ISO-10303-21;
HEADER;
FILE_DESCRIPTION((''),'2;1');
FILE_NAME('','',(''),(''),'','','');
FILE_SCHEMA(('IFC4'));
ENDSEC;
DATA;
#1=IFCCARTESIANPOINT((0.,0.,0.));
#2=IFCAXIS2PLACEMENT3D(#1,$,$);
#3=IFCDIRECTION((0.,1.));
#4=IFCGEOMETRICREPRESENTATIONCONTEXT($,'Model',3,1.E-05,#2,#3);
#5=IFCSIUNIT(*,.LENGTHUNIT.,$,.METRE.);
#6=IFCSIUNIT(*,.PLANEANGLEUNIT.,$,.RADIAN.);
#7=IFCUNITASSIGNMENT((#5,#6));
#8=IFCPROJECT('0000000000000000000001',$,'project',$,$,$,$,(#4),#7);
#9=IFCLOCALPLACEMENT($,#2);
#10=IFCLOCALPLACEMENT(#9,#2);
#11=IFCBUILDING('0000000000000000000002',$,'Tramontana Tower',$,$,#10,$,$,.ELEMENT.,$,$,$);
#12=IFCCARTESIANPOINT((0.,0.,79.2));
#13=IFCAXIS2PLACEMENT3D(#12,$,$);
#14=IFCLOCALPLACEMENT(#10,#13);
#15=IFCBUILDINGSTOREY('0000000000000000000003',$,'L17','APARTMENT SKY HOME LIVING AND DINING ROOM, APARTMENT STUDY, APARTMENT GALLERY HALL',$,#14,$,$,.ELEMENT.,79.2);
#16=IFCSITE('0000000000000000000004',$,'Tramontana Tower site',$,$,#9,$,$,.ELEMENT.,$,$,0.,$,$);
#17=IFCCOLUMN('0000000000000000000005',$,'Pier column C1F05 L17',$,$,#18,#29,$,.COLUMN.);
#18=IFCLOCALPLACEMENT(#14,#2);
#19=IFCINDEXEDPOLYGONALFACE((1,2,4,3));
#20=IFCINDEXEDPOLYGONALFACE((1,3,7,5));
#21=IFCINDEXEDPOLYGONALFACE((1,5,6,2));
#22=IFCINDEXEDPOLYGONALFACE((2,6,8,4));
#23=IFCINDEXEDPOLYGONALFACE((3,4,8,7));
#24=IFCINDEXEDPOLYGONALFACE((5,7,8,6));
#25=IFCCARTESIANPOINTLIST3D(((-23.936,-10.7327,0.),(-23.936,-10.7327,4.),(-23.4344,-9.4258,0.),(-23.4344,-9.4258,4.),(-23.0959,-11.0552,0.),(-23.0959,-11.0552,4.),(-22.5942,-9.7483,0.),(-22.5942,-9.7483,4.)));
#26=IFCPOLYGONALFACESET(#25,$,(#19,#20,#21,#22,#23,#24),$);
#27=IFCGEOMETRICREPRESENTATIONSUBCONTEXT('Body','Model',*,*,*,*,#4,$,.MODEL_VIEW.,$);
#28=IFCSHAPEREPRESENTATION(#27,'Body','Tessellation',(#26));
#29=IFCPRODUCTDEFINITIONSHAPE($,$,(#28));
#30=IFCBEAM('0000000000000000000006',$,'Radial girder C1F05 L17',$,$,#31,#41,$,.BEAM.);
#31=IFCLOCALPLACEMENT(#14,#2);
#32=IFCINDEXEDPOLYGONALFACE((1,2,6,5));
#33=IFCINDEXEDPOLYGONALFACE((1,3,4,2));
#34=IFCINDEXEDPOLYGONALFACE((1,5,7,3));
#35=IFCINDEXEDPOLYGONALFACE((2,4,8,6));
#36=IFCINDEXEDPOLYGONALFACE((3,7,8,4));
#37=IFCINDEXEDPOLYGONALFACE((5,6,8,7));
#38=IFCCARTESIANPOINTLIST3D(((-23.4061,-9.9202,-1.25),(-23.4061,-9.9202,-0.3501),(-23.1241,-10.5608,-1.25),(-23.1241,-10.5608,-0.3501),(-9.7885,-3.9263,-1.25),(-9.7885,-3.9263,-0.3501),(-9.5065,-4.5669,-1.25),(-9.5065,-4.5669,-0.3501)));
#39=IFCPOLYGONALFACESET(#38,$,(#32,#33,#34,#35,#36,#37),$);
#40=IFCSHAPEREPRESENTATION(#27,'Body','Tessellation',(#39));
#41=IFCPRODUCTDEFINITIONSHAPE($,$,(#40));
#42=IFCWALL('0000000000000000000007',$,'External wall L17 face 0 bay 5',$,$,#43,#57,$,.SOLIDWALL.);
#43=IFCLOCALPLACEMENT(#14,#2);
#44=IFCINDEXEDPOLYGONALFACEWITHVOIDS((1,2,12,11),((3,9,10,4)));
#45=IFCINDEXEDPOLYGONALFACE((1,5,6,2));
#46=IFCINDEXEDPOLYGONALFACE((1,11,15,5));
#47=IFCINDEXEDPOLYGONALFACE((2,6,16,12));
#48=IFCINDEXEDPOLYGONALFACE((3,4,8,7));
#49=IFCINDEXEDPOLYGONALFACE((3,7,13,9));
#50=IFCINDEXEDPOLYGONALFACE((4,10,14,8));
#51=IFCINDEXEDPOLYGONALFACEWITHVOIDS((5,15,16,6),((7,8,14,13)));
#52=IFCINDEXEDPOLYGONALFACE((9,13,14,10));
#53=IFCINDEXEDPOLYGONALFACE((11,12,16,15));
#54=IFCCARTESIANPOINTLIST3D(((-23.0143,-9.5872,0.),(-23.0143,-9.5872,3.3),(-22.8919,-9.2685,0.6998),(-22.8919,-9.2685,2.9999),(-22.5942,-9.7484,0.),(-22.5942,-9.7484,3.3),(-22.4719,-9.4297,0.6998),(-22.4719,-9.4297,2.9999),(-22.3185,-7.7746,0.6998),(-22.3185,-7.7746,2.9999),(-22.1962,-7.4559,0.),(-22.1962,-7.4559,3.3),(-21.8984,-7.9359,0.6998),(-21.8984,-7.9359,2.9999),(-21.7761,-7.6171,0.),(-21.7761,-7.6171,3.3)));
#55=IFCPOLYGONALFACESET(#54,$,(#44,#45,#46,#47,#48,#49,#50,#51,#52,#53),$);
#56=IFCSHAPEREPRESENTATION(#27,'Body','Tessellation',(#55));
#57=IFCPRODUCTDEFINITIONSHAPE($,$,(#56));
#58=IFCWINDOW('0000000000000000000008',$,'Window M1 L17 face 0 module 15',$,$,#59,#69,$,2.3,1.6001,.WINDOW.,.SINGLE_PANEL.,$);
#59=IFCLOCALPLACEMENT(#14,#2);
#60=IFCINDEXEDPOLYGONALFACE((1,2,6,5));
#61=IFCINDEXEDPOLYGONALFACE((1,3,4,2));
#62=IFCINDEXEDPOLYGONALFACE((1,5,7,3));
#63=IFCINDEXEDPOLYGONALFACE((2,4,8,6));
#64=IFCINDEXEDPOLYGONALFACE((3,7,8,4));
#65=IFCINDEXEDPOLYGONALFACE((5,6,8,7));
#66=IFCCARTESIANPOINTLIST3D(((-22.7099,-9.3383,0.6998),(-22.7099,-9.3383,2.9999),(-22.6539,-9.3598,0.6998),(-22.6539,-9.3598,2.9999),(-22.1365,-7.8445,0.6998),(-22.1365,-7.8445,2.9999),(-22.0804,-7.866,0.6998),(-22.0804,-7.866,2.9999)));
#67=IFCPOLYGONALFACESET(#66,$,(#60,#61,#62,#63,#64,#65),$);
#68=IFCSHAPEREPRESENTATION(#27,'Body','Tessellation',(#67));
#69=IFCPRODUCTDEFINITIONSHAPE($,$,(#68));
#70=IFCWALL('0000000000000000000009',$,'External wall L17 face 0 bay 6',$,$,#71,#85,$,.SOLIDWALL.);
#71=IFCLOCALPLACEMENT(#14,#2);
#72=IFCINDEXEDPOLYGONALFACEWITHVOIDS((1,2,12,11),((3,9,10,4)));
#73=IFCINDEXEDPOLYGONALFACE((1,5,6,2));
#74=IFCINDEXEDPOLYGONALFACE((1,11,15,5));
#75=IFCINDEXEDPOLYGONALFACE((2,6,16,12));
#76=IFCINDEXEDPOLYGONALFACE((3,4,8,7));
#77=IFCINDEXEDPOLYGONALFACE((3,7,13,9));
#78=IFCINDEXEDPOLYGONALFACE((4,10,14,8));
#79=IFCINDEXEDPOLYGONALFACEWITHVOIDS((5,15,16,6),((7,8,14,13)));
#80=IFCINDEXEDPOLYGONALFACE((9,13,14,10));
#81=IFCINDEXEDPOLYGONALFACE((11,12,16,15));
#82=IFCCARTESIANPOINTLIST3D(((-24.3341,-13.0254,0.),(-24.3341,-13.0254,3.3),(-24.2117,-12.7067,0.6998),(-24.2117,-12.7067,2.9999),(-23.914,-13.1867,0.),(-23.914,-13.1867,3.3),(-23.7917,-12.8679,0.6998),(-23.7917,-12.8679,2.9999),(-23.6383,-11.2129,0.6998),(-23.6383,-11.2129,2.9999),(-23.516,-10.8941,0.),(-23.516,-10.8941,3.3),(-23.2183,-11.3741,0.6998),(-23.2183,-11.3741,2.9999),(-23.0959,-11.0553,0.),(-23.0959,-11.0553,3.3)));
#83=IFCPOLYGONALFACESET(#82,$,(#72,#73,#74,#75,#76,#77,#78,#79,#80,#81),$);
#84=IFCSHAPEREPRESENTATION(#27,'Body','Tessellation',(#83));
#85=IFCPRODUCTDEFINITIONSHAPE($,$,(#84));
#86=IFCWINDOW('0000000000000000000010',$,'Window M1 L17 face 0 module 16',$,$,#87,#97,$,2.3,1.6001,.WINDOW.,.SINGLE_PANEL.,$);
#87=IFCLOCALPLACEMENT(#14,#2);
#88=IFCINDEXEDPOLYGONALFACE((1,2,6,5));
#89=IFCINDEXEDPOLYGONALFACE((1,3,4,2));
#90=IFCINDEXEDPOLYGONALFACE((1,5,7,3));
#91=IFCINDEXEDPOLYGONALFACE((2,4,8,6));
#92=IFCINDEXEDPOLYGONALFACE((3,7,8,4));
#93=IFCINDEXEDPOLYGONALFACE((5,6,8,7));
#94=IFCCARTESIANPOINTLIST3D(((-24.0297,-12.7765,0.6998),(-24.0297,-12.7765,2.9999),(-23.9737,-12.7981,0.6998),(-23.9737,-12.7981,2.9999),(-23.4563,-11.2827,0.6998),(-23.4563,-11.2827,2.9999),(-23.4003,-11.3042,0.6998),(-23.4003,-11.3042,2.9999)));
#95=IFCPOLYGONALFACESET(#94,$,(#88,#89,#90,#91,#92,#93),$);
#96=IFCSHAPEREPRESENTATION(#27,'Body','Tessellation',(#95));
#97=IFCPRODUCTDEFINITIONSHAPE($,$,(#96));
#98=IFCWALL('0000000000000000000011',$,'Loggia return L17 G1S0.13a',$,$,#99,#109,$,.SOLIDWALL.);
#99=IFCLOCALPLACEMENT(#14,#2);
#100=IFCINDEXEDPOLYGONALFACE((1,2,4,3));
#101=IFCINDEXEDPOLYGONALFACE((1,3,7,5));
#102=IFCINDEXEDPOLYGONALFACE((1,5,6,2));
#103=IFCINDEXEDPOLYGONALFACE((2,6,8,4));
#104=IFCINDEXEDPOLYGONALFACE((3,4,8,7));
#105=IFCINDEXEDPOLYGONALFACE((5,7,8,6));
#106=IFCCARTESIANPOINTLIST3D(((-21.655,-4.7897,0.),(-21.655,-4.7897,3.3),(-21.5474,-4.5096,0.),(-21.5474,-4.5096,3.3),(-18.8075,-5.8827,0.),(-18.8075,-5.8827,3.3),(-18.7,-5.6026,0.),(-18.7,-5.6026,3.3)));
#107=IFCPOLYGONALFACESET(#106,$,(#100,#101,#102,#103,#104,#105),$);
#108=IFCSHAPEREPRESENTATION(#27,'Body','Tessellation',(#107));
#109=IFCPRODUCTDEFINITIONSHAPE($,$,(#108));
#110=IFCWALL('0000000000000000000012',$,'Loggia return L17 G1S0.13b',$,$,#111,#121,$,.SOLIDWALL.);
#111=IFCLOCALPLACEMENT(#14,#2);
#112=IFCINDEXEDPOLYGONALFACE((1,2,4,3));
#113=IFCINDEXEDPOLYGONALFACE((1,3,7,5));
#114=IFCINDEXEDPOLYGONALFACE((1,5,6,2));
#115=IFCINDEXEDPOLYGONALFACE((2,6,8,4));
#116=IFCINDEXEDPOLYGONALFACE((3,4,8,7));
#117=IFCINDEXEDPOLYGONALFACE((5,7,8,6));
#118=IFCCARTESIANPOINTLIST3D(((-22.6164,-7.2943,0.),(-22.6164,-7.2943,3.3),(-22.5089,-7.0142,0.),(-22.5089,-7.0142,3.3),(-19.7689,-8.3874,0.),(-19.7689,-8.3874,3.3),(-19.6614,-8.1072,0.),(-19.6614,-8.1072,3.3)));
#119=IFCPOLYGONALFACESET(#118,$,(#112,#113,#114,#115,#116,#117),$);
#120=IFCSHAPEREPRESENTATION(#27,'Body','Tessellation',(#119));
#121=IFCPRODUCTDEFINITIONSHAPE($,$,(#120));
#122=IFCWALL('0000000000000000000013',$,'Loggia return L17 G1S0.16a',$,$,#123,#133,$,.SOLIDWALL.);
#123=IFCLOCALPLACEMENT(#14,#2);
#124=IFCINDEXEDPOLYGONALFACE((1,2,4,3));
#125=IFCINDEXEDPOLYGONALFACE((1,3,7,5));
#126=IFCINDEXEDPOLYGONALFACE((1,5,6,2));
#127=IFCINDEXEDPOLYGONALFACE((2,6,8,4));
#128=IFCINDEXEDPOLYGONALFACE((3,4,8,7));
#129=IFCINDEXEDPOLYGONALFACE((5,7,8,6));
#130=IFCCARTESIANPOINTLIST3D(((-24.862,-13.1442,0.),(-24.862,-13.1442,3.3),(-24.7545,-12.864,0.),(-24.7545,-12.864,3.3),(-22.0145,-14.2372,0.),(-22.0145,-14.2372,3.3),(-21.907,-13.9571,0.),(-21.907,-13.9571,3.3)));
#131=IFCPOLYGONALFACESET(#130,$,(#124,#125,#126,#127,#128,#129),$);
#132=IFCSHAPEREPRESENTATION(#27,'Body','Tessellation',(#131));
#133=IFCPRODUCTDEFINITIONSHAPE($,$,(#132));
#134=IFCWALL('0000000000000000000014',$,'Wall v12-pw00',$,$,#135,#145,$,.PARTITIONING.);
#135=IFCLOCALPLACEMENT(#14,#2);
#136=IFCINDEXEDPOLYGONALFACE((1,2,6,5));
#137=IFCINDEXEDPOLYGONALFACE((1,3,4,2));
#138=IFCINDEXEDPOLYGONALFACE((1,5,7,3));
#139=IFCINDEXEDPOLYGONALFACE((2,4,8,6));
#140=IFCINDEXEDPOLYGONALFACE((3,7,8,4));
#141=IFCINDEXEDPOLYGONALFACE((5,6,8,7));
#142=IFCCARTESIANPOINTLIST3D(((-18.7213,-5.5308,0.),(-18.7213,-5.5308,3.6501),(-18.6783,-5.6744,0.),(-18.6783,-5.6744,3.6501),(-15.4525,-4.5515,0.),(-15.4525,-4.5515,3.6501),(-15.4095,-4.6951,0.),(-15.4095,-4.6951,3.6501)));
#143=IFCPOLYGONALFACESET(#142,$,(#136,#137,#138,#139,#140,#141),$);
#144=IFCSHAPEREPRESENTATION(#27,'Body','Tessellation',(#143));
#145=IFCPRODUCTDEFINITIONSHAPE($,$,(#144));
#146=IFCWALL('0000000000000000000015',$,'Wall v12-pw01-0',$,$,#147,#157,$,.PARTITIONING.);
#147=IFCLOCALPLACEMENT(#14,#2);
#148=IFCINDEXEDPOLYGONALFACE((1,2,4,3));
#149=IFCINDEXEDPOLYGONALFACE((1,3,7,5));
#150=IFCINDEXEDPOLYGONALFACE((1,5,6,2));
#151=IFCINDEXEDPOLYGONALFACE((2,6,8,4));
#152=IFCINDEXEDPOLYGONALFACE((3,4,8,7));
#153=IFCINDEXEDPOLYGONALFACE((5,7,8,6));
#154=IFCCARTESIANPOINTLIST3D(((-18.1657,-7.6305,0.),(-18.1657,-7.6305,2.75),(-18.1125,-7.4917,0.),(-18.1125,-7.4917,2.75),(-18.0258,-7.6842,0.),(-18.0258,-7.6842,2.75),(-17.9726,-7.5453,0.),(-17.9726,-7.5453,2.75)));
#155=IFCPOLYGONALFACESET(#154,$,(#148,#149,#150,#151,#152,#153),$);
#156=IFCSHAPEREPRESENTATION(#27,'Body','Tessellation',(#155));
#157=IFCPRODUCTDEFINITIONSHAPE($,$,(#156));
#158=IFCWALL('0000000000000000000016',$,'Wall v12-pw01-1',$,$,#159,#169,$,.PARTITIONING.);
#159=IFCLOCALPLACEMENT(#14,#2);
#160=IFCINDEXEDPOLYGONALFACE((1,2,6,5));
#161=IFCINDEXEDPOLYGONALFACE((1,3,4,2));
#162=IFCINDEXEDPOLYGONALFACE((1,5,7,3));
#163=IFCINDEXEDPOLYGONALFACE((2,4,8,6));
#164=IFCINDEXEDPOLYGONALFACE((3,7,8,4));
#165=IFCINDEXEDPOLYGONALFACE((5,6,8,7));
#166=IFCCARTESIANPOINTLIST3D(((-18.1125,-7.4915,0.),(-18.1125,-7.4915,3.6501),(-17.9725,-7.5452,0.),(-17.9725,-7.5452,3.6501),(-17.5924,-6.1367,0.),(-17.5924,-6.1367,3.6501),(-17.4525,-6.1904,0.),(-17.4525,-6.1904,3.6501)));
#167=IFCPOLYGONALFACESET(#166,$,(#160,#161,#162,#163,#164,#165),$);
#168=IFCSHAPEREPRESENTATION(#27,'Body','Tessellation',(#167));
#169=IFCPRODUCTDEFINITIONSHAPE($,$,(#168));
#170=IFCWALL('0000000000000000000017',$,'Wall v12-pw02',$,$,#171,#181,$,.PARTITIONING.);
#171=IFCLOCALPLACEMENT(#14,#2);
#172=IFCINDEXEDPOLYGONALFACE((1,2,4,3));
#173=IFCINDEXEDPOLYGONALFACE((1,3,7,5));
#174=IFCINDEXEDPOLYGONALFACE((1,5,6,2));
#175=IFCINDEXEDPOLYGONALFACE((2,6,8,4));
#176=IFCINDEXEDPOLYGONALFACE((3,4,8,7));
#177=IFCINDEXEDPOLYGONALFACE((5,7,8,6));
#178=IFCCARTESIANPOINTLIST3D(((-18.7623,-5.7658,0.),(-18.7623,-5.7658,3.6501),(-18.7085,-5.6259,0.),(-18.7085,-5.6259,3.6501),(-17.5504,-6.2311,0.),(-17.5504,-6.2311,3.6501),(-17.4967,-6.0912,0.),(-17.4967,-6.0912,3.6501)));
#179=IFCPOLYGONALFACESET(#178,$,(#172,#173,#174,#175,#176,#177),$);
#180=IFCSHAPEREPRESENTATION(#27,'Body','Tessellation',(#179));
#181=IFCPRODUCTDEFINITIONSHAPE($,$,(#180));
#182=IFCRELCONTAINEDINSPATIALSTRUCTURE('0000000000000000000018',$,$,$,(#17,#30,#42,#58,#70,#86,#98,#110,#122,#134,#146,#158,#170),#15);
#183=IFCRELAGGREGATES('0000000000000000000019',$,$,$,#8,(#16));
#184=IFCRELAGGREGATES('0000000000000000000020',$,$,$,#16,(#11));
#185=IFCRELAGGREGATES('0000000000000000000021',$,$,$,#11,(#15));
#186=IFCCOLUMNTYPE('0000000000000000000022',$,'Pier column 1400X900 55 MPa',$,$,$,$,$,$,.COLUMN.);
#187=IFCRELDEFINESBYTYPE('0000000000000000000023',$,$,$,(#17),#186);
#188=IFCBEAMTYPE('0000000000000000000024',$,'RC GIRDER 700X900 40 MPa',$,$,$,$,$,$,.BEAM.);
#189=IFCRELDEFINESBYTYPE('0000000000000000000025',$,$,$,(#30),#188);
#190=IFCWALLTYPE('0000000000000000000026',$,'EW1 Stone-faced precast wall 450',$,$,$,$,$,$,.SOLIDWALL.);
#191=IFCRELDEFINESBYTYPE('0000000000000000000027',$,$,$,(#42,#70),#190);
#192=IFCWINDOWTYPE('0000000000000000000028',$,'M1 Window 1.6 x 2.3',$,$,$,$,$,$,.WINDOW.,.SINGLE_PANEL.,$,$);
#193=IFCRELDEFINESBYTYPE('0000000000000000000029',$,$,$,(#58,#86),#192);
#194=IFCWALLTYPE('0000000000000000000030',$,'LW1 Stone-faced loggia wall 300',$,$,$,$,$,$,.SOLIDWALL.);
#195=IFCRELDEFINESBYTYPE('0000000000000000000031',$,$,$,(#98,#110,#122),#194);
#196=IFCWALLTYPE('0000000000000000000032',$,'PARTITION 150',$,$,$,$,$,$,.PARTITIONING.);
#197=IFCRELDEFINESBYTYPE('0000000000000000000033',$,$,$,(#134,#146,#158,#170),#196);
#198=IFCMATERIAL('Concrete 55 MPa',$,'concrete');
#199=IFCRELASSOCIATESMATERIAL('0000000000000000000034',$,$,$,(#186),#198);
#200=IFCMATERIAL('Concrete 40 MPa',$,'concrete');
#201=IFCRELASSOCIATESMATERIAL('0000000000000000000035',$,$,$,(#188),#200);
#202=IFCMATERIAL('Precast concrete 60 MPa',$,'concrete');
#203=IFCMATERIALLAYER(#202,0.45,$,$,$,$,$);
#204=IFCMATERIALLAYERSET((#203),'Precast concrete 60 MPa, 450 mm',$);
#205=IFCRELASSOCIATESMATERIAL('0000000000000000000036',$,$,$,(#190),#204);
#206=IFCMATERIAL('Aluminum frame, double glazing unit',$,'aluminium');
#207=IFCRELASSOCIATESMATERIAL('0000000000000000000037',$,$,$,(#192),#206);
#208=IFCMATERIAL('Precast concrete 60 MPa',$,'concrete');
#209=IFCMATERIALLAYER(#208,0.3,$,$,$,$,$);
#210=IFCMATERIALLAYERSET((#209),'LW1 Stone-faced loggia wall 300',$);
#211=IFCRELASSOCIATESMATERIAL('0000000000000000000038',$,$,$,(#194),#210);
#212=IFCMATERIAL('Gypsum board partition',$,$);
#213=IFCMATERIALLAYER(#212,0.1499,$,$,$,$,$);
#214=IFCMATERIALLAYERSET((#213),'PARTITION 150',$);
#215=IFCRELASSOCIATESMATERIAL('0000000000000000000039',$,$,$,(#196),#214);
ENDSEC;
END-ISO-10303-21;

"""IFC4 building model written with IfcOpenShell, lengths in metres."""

from ifc_helpers import new_model, si_unit, direction, frame, frame_2d, origin, origin_2d, place, context, subcontext, project, spatial, rectangle, extrude, material, layer, layer_set, material_profile, profile_set, type_object, element, fill, save


model = new_model("IFC4")

# Units and contexts
model_context = context("Model", 3, precision=1e-05, world=origin(), true_north=direction((0.0, 1.0)))
body_context = subcontext(model_context, "Body", "Model", "MODEL_VIEW")
ifc_project = project(units=[si_unit("LENGTHUNIT", "METRE"), si_unit("PLANEANGLEUNIT", "RADIAN")], contexts=[model_context])

# Site, building, storey
site_placement = place(None, origin())
site = spatial("IfcSite", under=ifc_project, at=site_placement, Name="Tramontana Tower site", CompositionType="ELEMENT", RefElevation=0.0)
building_placement = place(site_placement, origin())
building = spatial("IfcBuilding", under=site, at=building_placement, Name="Tramontana Tower", CompositionType="ELEMENT")
storey_placement = place(building_placement, frame((0.0, 0.0, 79.2)))
storey = spatial("IfcBuildingStorey", under=building, at=storey_placement, Name="L17", Description="APARTMENT SKY HOME LIVING AND DINING ROOM, APARTMENT STUDY, APARTMENT GALLERY HALL", CompositionType="ELEMENT", Elevation=79.2)

# Column
ifc_material_1 = material(Name="Concrete 55 MPa", Category="concrete")
ifc_material_profile_1 = material_profile(ifc_material_1, rectangle(XDim=1.3999, YDim=0.8999, at=origin_2d()), Name="Pier column 1400X900 55 MPa")
ifc_profile_set_1 = profile_set([ifc_material_profile_1], Name="Concrete 55 MPa")
column_type = type_object("IfcColumnType", Name="Pier column 1400X900 55 MPa", PredefinedType="COLUMN", material=ifc_profile_set_1)
column_placement = place(storey_placement, frame((-23.2651, -10.2405, 0.0), z_axis=(0.0, 0.0, 1.0), x_axis=(-0.358368, -0.93358, 0.0)))
element("IfcColumn", 1, at=column_placement, inside=storey, type_object=column_type, Name="Pier column C1F05 L17", PredefinedType="COLUMN", context=body_context, shape_type="SweptSolid", body=[
    extrude(rectangle(XDim=1.3999, YDim=0.8999, at=origin_2d()), origin(), (0.0, 0.0, 1.0), 4.0),
])

# Beam
ifc_material_2 = material(Name="Concrete 40 MPa", Category="concrete")
ifc_material_profile_2 = material_profile(ifc_material_2, rectangle(XDim=0.7, YDim=0.8999, at=origin_2d()), Name="RC GIRDER 700X900 40 MPa")
ifc_profile_set_2 = profile_set([ifc_material_profile_2], Name="Concrete 40 MPa")
beam_type = type_object("IfcBeamType", Name="RC GIRDER 700X900 40 MPa", PredefinedType="BEAM", material=ifc_profile_set_2)
beam_placement = place(storey_placement, frame((-23.2651, -10.2405, -0.8), z_axis=(0.915263, 0.402858, 0.0), x_axis=(-0.402858, 0.915263, 0.0)))
element("IfcBeam", 2, at=beam_placement, inside=storey, type_object=beam_type, Name="Radial girder C1F05 L17", PredefinedType="BEAM", context=body_context, shape_type="SweptSolid", body=[
    extrude(rectangle(XDim=0.7, YDim=0.8999, at=origin_2d()), origin(), (0.0, 0.0, 1.0), 14.8784),
])

# Walls, openings, windows
ifc_material_3 = material(Name="Precast concrete 60 MPa", Category="concrete")
ifc_layer_1 = layer(ifc_material_3, 0.45)
ifc_layer_set_1 = layer_set([ifc_layer_1], Name="Precast concrete 60 MPa, 450 mm")
wall_type_1 = type_object("IfcWallType", Name="EW1 Stone-faced precast wall 450", PredefinedType="SOLIDWALL", material=ifc_layer_set_1)
wall_1_placement = place(storey_placement, frame((-21.9861, -7.5364, 0.0), z_axis=(0.0, 0.0, 1.0), x_axis=(-0.358356, -0.933585, 0.0)))
wall_1 = element("IfcWall", 3, at=wall_1_placement, inside=storey, type_object=wall_type_1, Name="External wall L17 face 0 bay 5", PredefinedType="SOLIDWALL", context=body_context, shape_type="SweptSolid", body=[
    extrude(rectangle(XDim=2.283, YDim=0.45, at=frame_2d((1.1416, 0.0))), origin(), (0.0, 0.0, 1.0), 3.3),
])
opening_1_placement = place(wall_1_placement, frame((0.3416, 0.0, 0.7)))
opening_1 = element("IfcOpeningElement", 4, at=opening_1_placement, cuts=wall_1, PredefinedType="OPENING", context=body_context, shape_type="SweptSolid", body=[
    extrude(rectangle(XDim=1.6001, YDim=2.3, at=frame_2d((0.8, 1.1499))), frame((0.0, 0.2349, 0.0), z_axis=(0.0, -1.0, 0.0), x_axis=(1.0, 0.0, 0.0)), (0.0, 0.0, 1.0), 0.47),
])
ifc_material_4 = material(Name="Aluminum frame, double glazing unit", Category="aluminium")
window_type = type_object("IfcWindowType", Name="M1 Window 1.6 x 2.3", PartitioningType="SINGLE_PANEL", PredefinedType="WINDOW", material=ifc_material_4)
window_1_placement = place(opening_1_placement, origin())
window_1 = element("IfcWindow", 5, at=window_1_placement, inside=storey, type_object=window_type, Name="Window M1 L17 face 0 module 15", OverallHeight=2.3, OverallWidth=1.6001, PartitioningType="SINGLE_PANEL", PredefinedType="WINDOW", context=body_context, shape_type="SweptSolid", body=[
    extrude(rectangle(XDim=1.6001, YDim=2.3, at=frame_2d((0.8, 1.1499))), frame((0.0, 0.03, 0.0), z_axis=(0.0, -1.0, 0.0), x_axis=(1.0, 0.0, 0.0)), (0.0, 0.0, 1.0), 0.0601),
])
fill(opening_1, window_1)
wall_2_placement = place(storey_placement, frame((-23.3059, -10.9746, 0.0), z_axis=(0.0, 0.0, 1.0), x_axis=(-0.358356, -0.933585, 0.0)))
wall_2 = element("IfcWall", 6, at=wall_2_placement, inside=storey, type_object=wall_type_1, Name="External wall L17 face 0 bay 6", PredefinedType="SOLIDWALL", context=body_context, shape_type="SweptSolid", body=[
    extrude(rectangle(XDim=2.283, YDim=0.45, at=frame_2d((1.1416, 0.0))), origin(), (0.0, 0.0, 1.0), 3.3),
])
opening_2_placement = place(wall_2_placement, frame((0.3416, 0.0, 0.7)))
opening_2 = element("IfcOpeningElement", 7, at=opening_2_placement, cuts=wall_2, PredefinedType="OPENING", context=body_context, shape_type="SweptSolid", body=[
    extrude(rectangle(XDim=1.6001, YDim=2.3, at=frame_2d((0.8, 1.1499))), frame((0.0, 0.2349, 0.0), z_axis=(0.0, -1.0, 0.0), x_axis=(1.0, 0.0, 0.0)), (0.0, 0.0, 1.0), 0.47),
])
window_2_placement = place(opening_2_placement, origin())
window_2 = element("IfcWindow", 8, at=window_2_placement, inside=storey, type_object=window_type, Name="Window M1 L17 face 0 module 16", OverallHeight=2.3, OverallWidth=1.6001, PartitioningType="SINGLE_PANEL", PredefinedType="WINDOW", context=body_context, shape_type="SweptSolid", body=[
    extrude(rectangle(XDim=1.6001, YDim=2.3, at=frame_2d((0.8, 1.1499))), frame((0.0, 0.03, 0.0), z_axis=(0.0, -1.0, 0.0), x_axis=(1.0, 0.0, 0.0)), (0.0, 0.0, 1.0), 0.0601),
])
fill(opening_2, window_2)

# Shared definitions
ifc_material_5 = material(Name="Precast concrete 60 MPa", Category="concrete")
ifc_layer_2 = layer(ifc_material_5, 0.3)
ifc_layer_set_2 = layer_set([ifc_layer_2], Name="LW1 Stone-faced loggia wall 300")
wall_type_2 = type_object("IfcWallType", Name="LW1 Stone-faced loggia wall 300", PredefinedType="SOLIDWALL", material=ifc_layer_set_2)

# Walls
for number, where, z_axis, x_axis, name in (
    (9, (-21.6011, -4.6497, 0.0), (0.0, 0.0, 1.0), (0.933581, -0.358368, 0.0), "Loggia return L17 G1S0.13a"),
    (10, (-22.5625, -7.1543, 0.0), (0.0, 0.0, 1.0), (0.933581, -0.358368, 0.0), "Loggia return L17 G1S0.13b"),
):
    element("IfcWall", number, at=place(storey_placement, frame(where, z_axis=z_axis, x_axis=x_axis)), inside=storey, type_object=wall_type_2, Name=name, PredefinedType="SOLIDWALL", context=body_context, shape_type="SweptSolid", body=[
        extrude(rectangle(XDim=3.05, YDim=0.3, at=frame_2d((1.5249, 0.0))), origin(), (0.0, 0.0, 1.0), 3.3),
    ])

# Walls
wall_3_placement = place(storey_placement, frame((-24.8081, -13.0042, 0.0), z_axis=(0.0, 0.0, 1.0), x_axis=(0.933581, -0.358368, 0.0)))
element("IfcWall", 11, at=wall_3_placement, inside=storey, type_object=wall_type_2, Name="Loggia return L17 G1S0.16a", PredefinedType="SOLIDWALL", context=body_context, shape_type="SweptSolid", body=[
    extrude(rectangle(XDim=3.05, YDim=0.3, at=frame_2d((1.5249, 0.0))), origin(), (0.0, 0.0, 1.0), 3.3),
])
ifc_material_6 = material(Name="Gypsum board partition")
ifc_layer_3 = layer(ifc_material_6, 0.1499)
ifc_layer_set_3 = layer_set([ifc_layer_3], Name="PARTITION 150")
wall_type_3 = type_object("IfcWallType", Name="PARTITION 150", PredefinedType="PARTITIONING", material=ifc_layer_set_3)
wall_4_placement = place(storey_placement, frame((-18.6997, -5.6025, 0.0), z_axis=(0.0, 0.0, 1.0), x_axis=(0.957938, 0.286974, 0.0)))
element("IfcWall", 12, at=wall_4_placement, inside=storey, type_object=wall_type_3, Name="Wall v12-pw00", PredefinedType="PARTITIONING", context=body_context, shape_type="SweptSolid", body=[
    extrude(rectangle(XDim=3.4124, YDim=0.1499, at=frame_2d((1.7061, 0.0))), origin(), (0.0, 0.0, 1.0), 3.6501),
])
wall_5_placement = place(storey_placement, frame((-18.0957, -7.6572, 0.0), z_axis=(0.0, 0.0, 1.0), x_axis=(0.357769, 0.93381, 0.0)))
element("IfcWall", 13, at=wall_5_placement, inside=storey, type_object=wall_type_3, Name="Wall v12-pw01-0", PredefinedType="PARTITIONING", context=body_context, shape_type="SweptSolid", body=[
    extrude(rectangle(XDim=0.1487, YDim=0.1499, at=frame_2d((0.0742, 0.0))), origin(), (0.0, 0.0, 1.0), 2.75),
])
wall_6_placement = place(storey_placement, frame((-18.0425, -7.5183, 0.0), z_axis=(0.0, 0.0, 1.0), x_axis=(0.358359, 0.933584, 0.0)))
element("IfcWall", 14, at=wall_6_placement, inside=storey, type_object=wall_type_3, Name="Wall v12-pw01-1", PredefinedType="PARTITIONING", context=body_context, shape_type="SweptSolid", body=[
    extrude(rectangle(XDim=1.4512, YDim=0.1499, at=frame_2d((0.7256, 0.0))), origin(), (0.0, 0.0, 1.0), 3.6501),
])
wall_7_placement = place(storey_placement, frame((-17.5237, -6.1611, 0.0), z_axis=(0.0, 0.0, 1.0), x_axis=(-0.933549, 0.35845, 0.0)))
element("IfcWall", 15, at=wall_7_placement, inside=storey, type_object=wall_type_3, Name="Wall v12-pw02", PredefinedType="PARTITIONING", context=body_context, shape_type="SweptSolid", body=[
    extrude(rectangle(XDim=1.2981, YDim=0.1499, at=frame_2d((0.6489, 0.0))), origin(), (0.0, 0.0, 1.0), 3.6501),
])

save(model, "model.ifc")
